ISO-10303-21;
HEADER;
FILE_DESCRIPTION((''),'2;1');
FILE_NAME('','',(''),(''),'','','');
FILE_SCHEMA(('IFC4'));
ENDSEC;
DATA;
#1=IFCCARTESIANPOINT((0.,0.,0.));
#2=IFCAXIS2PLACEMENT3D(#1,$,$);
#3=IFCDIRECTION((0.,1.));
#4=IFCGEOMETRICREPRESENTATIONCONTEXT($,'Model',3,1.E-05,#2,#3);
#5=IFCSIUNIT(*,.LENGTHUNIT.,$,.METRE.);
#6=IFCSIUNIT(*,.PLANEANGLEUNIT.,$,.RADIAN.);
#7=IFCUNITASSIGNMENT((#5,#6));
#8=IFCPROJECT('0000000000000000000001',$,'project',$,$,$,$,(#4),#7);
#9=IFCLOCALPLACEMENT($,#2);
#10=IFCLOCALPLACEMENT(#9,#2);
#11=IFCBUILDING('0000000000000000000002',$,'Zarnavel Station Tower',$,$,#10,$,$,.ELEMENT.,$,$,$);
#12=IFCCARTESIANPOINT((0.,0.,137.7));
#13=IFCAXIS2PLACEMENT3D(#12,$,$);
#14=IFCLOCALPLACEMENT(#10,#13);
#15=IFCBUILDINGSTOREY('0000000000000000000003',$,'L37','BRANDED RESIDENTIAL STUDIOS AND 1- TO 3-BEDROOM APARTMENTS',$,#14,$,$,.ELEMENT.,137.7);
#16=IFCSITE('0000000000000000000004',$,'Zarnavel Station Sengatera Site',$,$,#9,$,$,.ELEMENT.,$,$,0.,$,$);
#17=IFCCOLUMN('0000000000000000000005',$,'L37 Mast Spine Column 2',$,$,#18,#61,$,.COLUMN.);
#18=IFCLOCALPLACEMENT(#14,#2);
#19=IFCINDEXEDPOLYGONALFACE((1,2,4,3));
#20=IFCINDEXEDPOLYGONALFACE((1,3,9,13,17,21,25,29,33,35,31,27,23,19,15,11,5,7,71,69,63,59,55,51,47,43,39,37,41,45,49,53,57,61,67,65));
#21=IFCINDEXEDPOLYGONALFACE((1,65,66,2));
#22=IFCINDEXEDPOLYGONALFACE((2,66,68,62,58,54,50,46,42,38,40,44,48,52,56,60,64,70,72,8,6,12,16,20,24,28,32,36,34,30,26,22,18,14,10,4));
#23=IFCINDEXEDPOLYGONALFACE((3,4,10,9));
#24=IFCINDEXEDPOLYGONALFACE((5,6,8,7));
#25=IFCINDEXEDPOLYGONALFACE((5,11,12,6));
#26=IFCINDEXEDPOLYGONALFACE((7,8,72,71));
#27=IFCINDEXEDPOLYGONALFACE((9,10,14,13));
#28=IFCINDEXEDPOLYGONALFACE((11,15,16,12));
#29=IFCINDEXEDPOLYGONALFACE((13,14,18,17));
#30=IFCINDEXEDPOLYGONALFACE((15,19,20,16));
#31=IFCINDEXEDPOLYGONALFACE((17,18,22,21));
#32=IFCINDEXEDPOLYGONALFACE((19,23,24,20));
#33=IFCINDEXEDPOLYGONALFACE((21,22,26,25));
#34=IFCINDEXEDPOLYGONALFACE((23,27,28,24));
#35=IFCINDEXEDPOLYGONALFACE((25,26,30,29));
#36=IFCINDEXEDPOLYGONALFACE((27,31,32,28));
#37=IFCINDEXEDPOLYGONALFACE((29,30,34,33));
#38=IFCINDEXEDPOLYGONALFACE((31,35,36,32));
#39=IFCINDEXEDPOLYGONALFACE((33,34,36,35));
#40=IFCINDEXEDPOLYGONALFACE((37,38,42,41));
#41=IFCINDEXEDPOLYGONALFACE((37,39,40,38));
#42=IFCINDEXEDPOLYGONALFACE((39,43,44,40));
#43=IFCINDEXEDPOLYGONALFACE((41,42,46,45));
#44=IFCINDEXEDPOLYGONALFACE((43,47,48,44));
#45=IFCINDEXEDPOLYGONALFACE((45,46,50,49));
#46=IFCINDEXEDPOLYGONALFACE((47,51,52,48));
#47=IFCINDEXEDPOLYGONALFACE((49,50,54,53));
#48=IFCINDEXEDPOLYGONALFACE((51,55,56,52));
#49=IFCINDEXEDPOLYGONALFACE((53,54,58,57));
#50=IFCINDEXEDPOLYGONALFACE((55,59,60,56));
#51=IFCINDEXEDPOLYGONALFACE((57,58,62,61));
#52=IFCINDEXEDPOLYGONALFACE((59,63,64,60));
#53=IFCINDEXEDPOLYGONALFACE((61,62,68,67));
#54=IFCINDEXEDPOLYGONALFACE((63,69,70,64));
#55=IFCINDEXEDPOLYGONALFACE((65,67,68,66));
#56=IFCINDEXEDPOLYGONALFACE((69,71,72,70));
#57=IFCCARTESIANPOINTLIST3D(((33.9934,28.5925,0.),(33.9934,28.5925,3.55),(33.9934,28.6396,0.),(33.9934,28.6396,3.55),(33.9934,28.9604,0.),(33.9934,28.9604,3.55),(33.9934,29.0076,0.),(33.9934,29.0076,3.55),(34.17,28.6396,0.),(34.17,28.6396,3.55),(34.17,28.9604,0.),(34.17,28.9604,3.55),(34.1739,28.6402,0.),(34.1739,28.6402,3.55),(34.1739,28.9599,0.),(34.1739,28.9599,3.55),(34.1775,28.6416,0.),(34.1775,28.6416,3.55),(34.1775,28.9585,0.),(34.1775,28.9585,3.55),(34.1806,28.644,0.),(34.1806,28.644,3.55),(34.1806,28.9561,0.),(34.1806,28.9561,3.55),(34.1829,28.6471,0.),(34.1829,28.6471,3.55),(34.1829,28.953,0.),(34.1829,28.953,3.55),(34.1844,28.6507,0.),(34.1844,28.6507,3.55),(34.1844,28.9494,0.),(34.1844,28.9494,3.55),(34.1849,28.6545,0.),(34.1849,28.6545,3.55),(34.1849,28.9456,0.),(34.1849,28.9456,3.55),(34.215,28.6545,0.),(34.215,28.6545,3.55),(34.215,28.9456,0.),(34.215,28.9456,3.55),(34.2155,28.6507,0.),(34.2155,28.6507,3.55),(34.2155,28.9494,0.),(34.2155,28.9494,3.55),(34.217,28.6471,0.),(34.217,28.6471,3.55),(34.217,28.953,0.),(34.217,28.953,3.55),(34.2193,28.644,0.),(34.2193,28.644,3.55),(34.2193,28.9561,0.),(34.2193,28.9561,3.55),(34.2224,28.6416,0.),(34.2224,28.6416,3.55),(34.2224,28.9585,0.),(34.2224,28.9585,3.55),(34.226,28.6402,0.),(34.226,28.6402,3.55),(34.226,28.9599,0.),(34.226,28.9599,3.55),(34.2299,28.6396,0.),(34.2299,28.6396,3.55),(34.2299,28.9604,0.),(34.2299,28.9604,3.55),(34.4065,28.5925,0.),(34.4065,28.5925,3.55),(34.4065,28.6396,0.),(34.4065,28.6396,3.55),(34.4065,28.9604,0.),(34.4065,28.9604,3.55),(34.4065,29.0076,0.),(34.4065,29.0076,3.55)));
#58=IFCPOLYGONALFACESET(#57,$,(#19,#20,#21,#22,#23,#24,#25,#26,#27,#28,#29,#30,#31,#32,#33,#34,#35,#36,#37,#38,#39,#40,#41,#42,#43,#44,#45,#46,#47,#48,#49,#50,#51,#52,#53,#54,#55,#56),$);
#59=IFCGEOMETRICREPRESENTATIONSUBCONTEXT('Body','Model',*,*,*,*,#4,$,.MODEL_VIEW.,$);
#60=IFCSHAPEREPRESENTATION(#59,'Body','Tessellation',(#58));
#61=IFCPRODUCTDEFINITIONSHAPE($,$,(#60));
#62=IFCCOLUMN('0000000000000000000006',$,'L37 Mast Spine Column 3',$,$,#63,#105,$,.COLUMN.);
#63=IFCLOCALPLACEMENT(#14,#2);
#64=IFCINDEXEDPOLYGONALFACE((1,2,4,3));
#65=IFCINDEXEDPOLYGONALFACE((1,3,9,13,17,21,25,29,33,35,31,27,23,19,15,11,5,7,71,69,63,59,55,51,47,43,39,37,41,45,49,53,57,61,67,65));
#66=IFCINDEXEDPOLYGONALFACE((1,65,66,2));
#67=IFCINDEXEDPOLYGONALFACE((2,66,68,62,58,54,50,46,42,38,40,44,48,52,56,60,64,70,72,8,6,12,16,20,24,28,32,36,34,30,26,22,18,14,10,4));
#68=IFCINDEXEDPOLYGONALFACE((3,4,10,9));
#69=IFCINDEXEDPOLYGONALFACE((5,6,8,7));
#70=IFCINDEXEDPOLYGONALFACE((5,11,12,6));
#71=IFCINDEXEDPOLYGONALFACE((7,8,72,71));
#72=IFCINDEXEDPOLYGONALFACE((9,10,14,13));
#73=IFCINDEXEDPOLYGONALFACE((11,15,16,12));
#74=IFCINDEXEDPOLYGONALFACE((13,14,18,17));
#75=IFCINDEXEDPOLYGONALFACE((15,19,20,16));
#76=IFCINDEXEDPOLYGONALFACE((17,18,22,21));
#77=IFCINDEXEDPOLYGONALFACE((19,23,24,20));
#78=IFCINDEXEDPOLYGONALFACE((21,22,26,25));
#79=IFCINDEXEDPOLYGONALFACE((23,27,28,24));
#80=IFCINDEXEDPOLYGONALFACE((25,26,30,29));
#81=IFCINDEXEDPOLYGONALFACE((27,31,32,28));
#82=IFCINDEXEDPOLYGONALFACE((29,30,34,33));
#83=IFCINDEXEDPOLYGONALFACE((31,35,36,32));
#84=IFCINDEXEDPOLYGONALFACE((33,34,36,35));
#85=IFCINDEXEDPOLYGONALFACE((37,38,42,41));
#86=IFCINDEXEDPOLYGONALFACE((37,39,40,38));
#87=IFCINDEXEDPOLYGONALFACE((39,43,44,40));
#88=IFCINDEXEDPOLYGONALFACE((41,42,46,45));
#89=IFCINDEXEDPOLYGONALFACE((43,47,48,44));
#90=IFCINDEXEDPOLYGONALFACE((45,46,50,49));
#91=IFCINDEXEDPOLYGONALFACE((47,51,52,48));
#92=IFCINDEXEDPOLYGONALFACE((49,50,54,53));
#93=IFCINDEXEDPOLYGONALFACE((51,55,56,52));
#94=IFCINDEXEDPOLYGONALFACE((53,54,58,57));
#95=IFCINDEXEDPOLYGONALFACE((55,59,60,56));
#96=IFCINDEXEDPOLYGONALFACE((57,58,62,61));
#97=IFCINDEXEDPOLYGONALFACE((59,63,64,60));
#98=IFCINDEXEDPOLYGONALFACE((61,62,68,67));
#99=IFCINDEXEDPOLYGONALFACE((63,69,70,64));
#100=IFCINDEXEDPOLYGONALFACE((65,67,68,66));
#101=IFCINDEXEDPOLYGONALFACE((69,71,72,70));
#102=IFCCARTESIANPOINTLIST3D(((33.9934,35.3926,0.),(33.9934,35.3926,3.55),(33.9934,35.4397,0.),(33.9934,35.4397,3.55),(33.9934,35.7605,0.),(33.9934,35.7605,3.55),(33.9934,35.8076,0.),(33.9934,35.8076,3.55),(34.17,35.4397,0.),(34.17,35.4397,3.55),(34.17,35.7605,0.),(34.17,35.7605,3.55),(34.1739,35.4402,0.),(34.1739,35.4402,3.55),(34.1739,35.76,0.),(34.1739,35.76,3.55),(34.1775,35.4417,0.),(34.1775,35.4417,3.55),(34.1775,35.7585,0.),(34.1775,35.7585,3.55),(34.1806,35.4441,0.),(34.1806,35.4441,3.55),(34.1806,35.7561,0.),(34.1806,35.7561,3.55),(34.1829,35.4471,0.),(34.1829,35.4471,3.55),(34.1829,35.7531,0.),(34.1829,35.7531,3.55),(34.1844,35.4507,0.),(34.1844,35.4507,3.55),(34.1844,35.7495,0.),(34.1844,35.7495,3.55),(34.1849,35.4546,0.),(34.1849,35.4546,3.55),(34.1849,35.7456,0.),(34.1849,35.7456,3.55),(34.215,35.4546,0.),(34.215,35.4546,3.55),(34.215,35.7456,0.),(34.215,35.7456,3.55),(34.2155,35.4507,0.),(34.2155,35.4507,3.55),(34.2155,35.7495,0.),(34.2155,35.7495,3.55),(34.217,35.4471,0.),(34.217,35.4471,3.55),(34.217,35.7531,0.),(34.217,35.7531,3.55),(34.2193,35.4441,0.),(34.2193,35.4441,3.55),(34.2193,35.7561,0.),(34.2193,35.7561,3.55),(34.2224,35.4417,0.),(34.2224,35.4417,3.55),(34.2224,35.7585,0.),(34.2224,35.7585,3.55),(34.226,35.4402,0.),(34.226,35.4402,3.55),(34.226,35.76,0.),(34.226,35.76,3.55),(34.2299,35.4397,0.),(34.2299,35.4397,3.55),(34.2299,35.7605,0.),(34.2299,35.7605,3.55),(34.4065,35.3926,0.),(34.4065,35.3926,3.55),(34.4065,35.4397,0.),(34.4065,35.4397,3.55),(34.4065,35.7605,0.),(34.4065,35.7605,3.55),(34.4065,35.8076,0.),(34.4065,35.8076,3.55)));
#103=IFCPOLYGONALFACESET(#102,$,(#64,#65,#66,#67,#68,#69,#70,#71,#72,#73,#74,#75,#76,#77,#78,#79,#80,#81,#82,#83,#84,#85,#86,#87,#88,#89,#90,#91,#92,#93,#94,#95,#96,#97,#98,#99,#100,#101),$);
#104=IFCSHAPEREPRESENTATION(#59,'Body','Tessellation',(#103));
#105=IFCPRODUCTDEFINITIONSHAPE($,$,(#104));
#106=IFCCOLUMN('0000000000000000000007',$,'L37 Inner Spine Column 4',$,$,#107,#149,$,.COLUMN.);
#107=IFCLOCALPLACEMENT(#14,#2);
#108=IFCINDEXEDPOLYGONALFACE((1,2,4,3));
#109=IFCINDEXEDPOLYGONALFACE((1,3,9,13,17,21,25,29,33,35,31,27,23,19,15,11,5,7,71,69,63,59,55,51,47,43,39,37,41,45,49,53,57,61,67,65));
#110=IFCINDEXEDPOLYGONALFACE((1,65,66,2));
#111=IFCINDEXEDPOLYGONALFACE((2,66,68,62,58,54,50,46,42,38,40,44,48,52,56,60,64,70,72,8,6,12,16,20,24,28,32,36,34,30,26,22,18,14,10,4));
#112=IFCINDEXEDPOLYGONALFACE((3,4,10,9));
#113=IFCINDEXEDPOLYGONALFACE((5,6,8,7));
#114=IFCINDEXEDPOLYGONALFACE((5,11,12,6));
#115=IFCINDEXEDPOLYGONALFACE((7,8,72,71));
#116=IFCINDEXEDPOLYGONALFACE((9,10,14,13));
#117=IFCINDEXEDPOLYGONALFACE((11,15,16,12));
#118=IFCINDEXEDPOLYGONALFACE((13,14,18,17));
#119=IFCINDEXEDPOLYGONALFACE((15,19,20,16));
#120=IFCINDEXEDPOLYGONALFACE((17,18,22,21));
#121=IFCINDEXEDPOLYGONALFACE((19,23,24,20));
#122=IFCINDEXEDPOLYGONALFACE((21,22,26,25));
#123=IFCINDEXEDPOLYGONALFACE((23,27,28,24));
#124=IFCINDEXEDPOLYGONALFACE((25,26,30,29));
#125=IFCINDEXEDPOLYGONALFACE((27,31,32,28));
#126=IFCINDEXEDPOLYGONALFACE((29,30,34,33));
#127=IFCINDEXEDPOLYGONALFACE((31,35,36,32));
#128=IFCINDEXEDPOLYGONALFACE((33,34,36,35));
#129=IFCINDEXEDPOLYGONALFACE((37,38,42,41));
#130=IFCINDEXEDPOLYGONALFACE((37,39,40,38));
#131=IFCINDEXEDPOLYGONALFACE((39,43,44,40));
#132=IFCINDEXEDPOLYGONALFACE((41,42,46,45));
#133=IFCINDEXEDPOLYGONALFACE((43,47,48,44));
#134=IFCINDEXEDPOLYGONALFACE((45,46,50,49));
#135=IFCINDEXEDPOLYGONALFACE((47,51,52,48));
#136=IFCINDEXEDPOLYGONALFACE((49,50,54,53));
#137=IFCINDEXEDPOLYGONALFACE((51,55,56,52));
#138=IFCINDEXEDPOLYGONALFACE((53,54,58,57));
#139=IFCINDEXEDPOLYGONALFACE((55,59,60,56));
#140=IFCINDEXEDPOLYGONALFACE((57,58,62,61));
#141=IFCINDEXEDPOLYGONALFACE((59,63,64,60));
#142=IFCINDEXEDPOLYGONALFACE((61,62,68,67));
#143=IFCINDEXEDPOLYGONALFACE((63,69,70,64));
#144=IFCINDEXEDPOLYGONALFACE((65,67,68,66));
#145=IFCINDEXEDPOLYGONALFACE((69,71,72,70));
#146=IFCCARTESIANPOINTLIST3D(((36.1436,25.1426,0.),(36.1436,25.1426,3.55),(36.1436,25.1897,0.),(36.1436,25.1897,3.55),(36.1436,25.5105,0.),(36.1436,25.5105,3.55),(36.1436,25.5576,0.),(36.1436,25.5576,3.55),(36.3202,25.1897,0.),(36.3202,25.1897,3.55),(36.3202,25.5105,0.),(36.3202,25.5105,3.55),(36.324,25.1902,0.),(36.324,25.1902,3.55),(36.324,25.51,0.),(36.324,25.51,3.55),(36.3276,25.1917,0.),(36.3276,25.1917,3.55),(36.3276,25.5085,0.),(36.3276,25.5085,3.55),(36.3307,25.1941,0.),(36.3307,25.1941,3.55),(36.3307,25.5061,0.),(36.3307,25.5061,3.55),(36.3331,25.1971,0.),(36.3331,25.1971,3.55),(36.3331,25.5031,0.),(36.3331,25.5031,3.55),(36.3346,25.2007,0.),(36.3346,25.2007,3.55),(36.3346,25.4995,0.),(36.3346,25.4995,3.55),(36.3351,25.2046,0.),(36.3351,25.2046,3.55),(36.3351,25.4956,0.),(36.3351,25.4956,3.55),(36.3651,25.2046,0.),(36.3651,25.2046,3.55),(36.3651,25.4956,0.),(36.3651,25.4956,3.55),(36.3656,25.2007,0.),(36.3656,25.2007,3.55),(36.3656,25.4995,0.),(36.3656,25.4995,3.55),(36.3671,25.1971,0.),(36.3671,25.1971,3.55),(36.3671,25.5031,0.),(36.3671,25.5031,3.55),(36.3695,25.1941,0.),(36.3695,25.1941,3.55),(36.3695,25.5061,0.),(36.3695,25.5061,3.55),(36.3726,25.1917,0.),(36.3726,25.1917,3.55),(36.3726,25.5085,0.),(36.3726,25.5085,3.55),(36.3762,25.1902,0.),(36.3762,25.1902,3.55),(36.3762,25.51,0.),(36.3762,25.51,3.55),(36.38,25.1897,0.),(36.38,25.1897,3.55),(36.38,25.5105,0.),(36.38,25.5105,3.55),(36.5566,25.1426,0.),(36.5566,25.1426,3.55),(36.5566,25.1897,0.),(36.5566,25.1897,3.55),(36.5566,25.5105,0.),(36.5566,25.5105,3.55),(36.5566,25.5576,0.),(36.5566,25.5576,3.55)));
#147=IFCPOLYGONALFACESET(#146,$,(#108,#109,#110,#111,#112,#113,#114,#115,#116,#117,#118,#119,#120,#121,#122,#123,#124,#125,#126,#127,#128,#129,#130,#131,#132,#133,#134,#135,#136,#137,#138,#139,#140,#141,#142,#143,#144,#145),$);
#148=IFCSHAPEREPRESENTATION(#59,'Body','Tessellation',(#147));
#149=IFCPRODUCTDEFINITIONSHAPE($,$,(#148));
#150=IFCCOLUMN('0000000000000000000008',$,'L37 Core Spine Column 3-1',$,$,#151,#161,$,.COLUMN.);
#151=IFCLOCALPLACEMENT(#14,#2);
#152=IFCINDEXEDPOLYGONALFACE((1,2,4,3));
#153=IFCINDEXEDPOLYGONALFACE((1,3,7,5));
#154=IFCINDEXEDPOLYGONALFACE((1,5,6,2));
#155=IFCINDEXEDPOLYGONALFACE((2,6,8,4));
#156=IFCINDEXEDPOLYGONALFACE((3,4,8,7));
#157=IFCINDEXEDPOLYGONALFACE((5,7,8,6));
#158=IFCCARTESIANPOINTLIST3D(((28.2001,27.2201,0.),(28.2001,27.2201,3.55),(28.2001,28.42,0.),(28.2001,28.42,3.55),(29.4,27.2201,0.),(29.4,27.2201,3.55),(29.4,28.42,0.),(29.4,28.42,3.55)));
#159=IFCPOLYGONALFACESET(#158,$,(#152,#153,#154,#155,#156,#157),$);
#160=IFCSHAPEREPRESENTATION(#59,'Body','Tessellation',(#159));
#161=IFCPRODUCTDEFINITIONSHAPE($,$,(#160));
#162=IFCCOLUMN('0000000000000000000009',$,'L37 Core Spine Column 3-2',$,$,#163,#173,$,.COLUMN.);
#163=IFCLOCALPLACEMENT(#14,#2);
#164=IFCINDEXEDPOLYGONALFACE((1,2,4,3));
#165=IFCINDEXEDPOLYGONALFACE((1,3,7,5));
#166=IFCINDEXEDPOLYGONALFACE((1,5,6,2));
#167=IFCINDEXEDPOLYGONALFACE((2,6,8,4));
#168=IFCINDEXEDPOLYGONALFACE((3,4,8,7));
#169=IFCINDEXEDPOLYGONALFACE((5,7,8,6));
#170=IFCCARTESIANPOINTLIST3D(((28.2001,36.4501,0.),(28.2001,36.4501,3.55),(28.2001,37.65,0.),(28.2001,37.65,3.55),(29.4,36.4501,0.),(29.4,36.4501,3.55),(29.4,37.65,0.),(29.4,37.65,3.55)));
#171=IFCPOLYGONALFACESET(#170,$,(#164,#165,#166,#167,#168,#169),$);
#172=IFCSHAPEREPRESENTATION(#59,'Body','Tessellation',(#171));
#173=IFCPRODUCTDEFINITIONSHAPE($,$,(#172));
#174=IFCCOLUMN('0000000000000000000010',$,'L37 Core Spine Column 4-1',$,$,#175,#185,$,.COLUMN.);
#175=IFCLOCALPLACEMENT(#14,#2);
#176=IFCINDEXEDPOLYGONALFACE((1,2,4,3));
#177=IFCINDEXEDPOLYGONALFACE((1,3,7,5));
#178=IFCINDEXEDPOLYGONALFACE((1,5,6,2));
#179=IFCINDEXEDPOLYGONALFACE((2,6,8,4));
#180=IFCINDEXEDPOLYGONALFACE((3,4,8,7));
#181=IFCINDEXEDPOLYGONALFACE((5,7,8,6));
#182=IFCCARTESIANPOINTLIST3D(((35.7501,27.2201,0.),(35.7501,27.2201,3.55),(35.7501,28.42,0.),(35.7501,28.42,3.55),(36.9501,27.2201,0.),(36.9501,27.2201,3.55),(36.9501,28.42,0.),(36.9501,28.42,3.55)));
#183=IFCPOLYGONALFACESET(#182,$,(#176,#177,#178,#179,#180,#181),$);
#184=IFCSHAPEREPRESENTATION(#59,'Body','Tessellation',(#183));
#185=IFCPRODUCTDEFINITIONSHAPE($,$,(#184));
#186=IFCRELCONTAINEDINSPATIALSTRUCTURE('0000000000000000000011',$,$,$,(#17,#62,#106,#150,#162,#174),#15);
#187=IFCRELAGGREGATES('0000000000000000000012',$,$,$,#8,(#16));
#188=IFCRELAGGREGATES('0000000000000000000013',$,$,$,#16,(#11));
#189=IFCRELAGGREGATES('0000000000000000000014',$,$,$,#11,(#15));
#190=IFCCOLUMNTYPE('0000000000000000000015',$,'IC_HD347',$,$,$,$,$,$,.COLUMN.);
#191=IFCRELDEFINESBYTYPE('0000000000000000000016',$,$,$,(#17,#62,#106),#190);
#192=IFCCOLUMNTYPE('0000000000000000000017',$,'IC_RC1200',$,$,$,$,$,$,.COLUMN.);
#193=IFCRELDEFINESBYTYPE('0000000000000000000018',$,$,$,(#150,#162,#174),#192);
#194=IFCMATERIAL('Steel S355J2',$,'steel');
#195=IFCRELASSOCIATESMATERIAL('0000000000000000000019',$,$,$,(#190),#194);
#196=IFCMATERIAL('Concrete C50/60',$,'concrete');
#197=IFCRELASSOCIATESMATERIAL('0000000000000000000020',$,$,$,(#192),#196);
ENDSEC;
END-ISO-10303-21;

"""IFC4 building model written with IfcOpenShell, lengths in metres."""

from ifc_helpers import new_model, si_unit, direction, frame, origin, origin_2d, place, context, subcontext, project, spatial, rectangle, i_section, extrude, material, material_profile, profile_set, type_object, element, save


model = new_model("IFC4")

# Units and contexts
model_context = context("Model", 3, precision=1e-05, world=origin(), true_north=direction((0.0, 1.0)))
body_context = subcontext(model_context, "Body", "Model", "MODEL_VIEW")
ifc_project = project(units=[si_unit("LENGTHUNIT", "METRE"), si_unit("PLANEANGLEUNIT", "RADIAN")], contexts=[model_context])

# Site, building, storey
site_placement = place(None, origin())
site = spatial("IfcSite", under=ifc_project, at=site_placement, Name="Zarnavel Station Sengatera Site", CompositionType="ELEMENT", RefElevation=0.0)
building_placement = place(site_placement, origin())
building = spatial("IfcBuilding", under=site, at=building_placement, Name="Zarnavel Station Tower", CompositionType="ELEMENT")
storey_placement = place(building_placement, frame((0.0, 0.0, 137.7)))
storey = spatial("IfcBuildingStorey", under=building, at=storey_placement, Name="L37", Description="BRANDED RESIDENTIAL STUDIOS AND 1- TO 3-BEDROOM APARTMENTS", CompositionType="ELEMENT", Elevation=137.7)

# Columns
ifc_material_1 = material(Name="Steel S355J2", Category="steel")
ifc_material_profile_1 = material_profile(ifc_material_1, i_section(OverallWidth=0.4131, OverallDepth=0.415, WebThickness=0.03, FlangeThickness=0.0471, FilletRadius=0.0149, at=origin_2d()), Name="HD400x347")
ifc_profile_set_1 = profile_set([ifc_material_profile_1], Name="Steel S355J2")
column_type_1 = type_object("IfcColumnType", Name="IC_HD347", PredefinedType="COLUMN", material=ifc_profile_set_1)
for number, where, z_axis, x_axis, name in (
    (1, (34.2, 28.8, 0.0), (0.0, 0.0, 1.0), (1.0, 0.0, 0.0), "L37 Mast Spine Column 2"),
    (2, (34.2, 35.6001, 0.0), (0.0, 0.0, 1.0), (1.0, 0.0, 0.0), "L37 Mast Spine Column 3"),
    (3, (36.3501, 25.3501, 0.0), (0.0, 0.0, 1.0), (1.0, 0.0, 0.0), "L37 Inner Spine Column 4"),
):
    element("IfcColumn", number, at=place(storey_placement, frame(where, z_axis=z_axis, x_axis=x_axis)), inside=storey, type_object=column_type_1, Name=name, PredefinedType="COLUMN", context=body_context, shape_type="SweptSolid", body=[
        extrude(i_section(OverallWidth=0.4131, OverallDepth=0.415, WebThickness=0.03, FlangeThickness=0.0471, FilletRadius=0.0149, at=origin_2d()), origin(), (0.0, 0.0, 1.0), 3.55),
    ])
ifc_material_2 = material(Name="Concrete C50/60", Category="concrete")
ifc_material_profile_2 = material_profile(ifc_material_2, rectangle(XDim=1.2, YDim=1.2, at=origin_2d()), Name="RC1200x1200")
ifc_profile_set_2 = profile_set([ifc_material_profile_2], Name="Concrete C50/60")
column_type_2 = type_object("IfcColumnType", Name="IC_RC1200", PredefinedType="COLUMN", material=ifc_profile_set_2)
for number, where, z_axis, x_axis, name in (
    (4, (28.8, 27.8201, 0.0), (0.0, 0.0, 1.0), (1.0, 0.0, 0.0), "L37 Core Spine Column 3-1"),
    (5, (28.8, 37.05, 0.0), (0.0, 0.0, 1.0), (1.0, 0.0, 0.0), "L37 Core Spine Column 3-2"),
    (6, (36.3501, 27.8201, 0.0), (0.0, 0.0, 1.0), (1.0, 0.0, 0.0), "L37 Core Spine Column 4-1"),
):
    element("IfcColumn", number, at=place(storey_placement, frame(where, z_axis=z_axis, x_axis=x_axis)), inside=storey, type_object=column_type_2, Name=name, PredefinedType="COLUMN", context=body_context, shape_type="SweptSolid", body=[
        extrude(rectangle(XDim=1.2, YDim=1.2, at=origin_2d()), origin(), (0.0, 0.0, 1.0), 3.55),
    ])

save(model, "model.ifc")
